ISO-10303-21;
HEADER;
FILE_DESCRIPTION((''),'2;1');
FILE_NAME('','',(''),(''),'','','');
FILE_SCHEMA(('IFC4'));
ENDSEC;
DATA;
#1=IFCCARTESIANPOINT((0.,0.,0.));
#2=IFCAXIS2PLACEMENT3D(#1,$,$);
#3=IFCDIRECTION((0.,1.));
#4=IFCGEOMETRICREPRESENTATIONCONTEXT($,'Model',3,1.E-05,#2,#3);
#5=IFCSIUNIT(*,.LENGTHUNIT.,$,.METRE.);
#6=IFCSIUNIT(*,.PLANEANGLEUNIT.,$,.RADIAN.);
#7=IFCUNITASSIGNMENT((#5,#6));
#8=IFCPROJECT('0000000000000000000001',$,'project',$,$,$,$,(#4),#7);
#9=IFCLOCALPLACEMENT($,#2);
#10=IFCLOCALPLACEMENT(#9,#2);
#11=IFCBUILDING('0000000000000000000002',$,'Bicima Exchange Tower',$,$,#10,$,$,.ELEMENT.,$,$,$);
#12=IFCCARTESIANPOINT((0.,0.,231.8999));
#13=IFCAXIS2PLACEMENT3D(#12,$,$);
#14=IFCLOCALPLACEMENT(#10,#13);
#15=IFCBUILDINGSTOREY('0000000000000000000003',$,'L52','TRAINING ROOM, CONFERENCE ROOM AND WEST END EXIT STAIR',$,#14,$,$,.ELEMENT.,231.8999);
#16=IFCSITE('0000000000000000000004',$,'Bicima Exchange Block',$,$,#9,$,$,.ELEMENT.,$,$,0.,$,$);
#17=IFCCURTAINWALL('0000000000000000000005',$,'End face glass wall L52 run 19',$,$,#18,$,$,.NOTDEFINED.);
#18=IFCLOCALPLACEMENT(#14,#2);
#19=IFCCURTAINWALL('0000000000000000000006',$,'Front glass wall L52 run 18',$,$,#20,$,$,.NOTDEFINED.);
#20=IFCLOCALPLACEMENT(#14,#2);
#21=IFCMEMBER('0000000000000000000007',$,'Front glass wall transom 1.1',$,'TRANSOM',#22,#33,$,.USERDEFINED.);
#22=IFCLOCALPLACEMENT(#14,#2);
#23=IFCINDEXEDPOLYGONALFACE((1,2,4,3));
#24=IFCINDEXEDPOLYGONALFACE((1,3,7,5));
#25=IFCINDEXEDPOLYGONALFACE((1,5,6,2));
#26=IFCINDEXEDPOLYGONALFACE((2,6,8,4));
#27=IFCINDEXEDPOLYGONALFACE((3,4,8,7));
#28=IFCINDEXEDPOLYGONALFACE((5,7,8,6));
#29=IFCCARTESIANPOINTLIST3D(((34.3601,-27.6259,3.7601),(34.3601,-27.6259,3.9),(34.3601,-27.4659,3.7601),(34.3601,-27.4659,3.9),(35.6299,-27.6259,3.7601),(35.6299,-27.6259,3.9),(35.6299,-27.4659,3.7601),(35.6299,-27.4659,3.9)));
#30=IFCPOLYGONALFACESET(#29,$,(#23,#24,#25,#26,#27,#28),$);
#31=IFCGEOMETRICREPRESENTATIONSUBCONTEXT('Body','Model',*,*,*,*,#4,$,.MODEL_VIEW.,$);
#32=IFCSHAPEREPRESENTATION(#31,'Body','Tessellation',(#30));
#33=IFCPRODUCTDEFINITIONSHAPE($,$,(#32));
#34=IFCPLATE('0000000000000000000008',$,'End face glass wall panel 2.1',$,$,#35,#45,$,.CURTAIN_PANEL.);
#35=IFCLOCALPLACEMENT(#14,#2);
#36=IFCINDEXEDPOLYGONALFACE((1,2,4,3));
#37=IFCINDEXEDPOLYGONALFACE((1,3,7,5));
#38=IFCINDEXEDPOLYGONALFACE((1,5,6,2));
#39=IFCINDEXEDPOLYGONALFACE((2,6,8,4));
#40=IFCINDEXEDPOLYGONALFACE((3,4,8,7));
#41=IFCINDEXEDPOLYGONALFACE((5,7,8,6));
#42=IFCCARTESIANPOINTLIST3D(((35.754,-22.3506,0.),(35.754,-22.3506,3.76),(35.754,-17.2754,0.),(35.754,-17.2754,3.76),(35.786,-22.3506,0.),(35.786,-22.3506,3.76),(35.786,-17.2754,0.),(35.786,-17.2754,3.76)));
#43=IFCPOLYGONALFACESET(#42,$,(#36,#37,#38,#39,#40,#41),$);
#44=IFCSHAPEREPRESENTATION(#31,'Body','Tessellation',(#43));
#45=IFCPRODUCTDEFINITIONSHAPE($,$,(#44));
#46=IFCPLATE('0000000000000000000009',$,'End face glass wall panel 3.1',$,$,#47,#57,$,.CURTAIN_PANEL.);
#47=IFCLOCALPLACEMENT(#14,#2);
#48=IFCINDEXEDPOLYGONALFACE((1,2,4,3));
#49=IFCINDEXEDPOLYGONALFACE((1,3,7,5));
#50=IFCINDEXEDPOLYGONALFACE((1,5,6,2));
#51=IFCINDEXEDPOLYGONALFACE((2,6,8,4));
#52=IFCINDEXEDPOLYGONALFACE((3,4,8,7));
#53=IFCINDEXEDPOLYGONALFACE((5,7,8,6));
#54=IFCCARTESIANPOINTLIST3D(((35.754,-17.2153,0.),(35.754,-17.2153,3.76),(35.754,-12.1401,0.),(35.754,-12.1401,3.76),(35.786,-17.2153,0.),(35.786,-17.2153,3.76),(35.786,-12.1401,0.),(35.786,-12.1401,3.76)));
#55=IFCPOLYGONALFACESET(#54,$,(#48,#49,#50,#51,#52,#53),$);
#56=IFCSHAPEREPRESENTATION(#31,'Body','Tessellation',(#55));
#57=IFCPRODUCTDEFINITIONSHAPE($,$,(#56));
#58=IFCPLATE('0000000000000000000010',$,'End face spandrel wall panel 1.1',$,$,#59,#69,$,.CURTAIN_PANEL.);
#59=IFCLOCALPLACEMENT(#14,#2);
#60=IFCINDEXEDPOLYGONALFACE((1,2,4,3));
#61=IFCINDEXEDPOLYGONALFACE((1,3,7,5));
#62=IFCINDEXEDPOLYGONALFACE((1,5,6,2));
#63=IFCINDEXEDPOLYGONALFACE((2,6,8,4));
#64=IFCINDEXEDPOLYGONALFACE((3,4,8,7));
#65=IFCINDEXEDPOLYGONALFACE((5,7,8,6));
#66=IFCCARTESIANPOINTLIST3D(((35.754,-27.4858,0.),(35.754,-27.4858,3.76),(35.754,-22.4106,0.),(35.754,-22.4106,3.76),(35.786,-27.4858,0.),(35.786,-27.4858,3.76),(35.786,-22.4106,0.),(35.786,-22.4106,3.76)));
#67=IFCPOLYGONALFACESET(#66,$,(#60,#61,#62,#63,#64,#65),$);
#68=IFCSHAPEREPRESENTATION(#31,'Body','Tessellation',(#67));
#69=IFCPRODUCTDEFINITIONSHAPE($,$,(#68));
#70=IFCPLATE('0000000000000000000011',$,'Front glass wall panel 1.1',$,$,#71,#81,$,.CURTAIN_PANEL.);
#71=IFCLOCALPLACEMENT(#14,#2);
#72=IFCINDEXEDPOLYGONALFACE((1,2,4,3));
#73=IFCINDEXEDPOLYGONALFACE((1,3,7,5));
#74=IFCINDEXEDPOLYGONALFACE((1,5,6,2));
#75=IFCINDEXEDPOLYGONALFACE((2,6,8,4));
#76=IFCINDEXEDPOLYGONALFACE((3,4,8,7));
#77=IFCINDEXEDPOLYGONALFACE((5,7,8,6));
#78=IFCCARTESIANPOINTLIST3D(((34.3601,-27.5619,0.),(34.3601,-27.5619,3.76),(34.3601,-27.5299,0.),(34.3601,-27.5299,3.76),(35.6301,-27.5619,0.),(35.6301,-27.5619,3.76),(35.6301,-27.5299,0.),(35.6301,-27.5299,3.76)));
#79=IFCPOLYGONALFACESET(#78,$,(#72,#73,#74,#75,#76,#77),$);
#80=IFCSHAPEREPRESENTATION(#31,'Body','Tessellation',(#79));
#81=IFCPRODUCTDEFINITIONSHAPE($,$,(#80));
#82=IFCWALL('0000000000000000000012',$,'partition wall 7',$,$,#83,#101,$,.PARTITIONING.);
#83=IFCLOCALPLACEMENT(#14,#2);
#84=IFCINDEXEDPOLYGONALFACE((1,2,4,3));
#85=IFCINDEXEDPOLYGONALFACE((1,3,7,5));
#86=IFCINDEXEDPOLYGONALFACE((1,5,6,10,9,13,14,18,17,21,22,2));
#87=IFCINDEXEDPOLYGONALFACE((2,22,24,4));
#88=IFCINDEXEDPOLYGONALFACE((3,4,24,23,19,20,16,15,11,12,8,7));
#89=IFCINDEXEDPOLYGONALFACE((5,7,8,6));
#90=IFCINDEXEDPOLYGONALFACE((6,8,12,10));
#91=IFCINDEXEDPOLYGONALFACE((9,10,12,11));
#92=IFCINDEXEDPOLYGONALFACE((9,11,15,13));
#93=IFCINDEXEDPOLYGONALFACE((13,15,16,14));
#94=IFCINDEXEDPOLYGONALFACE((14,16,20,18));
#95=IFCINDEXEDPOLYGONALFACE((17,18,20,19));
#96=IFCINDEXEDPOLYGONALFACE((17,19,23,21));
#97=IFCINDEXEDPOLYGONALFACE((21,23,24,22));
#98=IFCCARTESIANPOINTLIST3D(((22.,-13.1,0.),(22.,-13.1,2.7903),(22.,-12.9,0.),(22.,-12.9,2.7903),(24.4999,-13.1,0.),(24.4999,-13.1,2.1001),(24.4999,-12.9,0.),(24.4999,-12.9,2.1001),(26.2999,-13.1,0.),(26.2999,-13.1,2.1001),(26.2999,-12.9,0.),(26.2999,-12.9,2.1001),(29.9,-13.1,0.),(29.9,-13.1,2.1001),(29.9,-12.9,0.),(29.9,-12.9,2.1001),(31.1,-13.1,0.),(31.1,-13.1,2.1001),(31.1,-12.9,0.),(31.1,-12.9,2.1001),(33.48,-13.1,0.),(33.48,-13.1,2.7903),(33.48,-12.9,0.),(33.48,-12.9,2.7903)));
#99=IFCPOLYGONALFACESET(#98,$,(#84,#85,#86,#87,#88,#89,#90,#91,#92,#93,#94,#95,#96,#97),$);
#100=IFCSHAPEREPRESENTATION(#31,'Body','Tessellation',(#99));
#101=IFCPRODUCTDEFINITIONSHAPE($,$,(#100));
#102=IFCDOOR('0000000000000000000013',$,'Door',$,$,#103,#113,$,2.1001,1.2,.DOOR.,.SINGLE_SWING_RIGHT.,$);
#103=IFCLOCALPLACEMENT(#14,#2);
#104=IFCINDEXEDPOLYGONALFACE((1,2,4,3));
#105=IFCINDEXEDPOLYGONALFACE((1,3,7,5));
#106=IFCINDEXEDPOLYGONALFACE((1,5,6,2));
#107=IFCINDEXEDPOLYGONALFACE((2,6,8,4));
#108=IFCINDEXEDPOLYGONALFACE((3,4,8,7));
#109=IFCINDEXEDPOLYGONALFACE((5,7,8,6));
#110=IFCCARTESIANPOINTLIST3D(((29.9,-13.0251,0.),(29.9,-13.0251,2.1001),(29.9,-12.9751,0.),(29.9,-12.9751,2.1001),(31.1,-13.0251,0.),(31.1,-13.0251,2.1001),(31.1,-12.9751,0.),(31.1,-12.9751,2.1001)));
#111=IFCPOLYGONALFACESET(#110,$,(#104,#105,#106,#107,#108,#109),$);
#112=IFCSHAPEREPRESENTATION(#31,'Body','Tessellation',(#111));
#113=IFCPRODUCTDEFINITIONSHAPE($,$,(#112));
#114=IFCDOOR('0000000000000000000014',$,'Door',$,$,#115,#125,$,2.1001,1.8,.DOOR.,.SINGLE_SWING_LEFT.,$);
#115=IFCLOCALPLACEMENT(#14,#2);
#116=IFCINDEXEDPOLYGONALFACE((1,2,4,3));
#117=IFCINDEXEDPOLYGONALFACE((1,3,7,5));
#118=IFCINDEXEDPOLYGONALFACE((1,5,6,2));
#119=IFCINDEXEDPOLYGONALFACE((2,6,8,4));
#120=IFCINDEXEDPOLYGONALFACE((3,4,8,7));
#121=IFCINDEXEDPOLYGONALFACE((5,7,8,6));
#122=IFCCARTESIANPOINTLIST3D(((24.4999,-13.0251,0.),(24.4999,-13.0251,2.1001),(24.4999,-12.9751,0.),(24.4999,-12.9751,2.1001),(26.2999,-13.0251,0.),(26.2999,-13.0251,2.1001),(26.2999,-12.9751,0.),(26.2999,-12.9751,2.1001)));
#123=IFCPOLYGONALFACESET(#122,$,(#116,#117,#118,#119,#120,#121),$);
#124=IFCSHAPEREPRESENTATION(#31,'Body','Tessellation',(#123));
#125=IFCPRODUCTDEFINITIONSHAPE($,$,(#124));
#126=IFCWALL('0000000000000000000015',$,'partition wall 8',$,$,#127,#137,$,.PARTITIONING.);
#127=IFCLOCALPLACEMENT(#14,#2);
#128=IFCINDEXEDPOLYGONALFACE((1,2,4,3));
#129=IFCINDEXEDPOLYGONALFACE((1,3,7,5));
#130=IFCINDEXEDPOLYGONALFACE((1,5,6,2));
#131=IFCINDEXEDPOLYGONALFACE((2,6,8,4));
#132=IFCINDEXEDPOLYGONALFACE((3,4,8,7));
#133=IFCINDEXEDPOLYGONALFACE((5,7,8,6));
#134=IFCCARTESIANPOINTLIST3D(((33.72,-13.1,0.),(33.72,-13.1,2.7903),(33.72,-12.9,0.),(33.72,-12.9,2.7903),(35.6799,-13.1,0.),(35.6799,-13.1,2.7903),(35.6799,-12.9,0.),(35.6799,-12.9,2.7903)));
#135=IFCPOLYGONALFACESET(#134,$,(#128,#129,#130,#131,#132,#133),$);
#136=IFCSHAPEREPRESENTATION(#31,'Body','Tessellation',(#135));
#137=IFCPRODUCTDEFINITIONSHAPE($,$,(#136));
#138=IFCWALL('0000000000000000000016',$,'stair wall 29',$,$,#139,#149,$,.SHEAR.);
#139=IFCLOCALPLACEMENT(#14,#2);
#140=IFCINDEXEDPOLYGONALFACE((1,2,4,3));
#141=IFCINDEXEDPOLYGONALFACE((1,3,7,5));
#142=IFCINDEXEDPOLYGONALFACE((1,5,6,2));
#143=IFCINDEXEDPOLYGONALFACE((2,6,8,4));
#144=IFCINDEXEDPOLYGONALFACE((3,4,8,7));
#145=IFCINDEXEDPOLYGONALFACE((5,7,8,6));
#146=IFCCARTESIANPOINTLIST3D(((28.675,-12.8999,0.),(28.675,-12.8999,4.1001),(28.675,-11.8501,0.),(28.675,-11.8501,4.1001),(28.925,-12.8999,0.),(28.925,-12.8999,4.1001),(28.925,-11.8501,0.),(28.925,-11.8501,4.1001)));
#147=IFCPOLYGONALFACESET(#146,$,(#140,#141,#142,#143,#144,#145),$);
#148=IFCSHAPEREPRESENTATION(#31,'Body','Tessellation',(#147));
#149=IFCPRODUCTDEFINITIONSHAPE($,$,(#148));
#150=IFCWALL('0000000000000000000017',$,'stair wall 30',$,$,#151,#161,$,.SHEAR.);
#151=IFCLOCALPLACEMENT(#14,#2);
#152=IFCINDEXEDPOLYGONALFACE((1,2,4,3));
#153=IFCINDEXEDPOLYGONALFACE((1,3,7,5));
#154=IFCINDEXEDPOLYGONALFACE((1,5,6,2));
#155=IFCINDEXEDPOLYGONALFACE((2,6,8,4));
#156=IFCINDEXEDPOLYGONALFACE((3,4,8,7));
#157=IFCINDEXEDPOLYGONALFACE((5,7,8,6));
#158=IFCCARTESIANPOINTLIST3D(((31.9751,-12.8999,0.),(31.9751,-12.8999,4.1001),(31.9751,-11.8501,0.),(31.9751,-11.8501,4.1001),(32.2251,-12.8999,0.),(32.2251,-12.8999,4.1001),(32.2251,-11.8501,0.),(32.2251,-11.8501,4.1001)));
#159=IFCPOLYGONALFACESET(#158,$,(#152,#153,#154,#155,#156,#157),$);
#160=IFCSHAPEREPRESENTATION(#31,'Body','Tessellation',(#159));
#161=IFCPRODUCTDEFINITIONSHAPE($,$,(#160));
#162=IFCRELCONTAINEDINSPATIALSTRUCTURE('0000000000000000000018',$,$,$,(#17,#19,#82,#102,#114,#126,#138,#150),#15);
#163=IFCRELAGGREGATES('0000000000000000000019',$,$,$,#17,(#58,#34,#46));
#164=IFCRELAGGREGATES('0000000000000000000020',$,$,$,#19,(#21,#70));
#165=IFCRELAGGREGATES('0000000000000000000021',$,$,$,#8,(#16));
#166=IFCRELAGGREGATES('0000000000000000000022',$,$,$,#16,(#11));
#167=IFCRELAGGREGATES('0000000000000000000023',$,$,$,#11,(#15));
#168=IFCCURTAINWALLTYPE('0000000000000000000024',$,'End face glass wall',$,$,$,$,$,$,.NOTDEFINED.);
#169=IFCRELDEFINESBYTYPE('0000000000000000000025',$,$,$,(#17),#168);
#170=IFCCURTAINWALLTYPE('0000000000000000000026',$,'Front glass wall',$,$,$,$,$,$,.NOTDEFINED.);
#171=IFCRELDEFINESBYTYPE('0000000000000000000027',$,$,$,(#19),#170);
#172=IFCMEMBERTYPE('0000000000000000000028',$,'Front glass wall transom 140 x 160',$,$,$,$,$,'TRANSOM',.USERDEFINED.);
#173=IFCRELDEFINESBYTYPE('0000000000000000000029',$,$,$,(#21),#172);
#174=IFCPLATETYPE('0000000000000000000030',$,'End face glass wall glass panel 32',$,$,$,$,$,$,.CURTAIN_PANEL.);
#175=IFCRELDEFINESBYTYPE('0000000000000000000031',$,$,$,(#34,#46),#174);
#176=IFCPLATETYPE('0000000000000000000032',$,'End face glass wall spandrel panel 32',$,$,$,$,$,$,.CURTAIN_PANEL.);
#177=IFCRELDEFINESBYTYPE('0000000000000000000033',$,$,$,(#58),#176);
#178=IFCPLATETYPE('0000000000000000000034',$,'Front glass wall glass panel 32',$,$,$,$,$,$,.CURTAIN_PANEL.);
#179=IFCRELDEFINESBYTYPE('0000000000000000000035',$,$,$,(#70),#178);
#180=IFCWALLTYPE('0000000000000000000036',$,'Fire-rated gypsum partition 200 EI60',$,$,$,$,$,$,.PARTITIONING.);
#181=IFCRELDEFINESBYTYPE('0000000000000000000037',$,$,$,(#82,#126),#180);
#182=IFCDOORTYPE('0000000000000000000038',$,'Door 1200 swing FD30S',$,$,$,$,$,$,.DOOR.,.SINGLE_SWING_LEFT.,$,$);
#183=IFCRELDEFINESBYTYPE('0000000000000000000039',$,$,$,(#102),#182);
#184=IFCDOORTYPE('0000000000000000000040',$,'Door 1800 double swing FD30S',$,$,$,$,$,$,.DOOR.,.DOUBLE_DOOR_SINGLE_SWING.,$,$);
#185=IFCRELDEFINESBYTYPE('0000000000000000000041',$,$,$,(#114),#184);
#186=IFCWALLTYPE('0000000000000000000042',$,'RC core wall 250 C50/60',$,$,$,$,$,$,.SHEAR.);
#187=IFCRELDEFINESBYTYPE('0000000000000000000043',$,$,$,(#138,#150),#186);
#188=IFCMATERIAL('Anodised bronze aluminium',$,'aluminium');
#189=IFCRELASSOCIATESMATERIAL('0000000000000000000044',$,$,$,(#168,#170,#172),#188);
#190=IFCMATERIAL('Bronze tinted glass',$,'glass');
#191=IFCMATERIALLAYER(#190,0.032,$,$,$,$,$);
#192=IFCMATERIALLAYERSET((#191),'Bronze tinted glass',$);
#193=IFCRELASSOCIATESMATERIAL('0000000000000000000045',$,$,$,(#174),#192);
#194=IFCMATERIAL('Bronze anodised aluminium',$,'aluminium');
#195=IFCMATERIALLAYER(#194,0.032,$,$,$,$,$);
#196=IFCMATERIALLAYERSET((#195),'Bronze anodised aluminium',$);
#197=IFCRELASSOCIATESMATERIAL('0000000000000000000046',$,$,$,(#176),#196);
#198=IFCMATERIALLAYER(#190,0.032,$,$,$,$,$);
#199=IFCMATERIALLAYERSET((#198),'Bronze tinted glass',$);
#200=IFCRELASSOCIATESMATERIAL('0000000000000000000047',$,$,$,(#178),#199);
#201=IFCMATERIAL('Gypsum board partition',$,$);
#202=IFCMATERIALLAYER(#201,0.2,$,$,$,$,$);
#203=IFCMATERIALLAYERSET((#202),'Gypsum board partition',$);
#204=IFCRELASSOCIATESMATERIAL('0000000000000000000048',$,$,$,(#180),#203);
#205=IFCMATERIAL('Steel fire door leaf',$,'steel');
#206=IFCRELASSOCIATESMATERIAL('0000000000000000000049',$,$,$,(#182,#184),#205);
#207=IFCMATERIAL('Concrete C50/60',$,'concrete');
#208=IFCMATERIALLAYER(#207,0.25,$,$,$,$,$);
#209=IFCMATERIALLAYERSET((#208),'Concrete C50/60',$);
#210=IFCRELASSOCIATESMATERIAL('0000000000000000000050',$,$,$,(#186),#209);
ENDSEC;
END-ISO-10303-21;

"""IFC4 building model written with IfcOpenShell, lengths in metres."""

from ifc_helpers import new_model, si_unit, direction, frame, frame_2d, origin, origin_2d, place, context, subcontext, project, spatial, rectangle, extrude, material, layer, layer_set, material_profile, profile_set, type_object, element, fill, aggregate, save


model = new_model("IFC4")

# Units and contexts
model_context = context("Model", 3, precision=1e-05, world=origin(), true_north=direction((0.0, 1.0)))
body_context = subcontext(model_context, "Body", "Model", "MODEL_VIEW")
ifc_project = project(units=[si_unit("LENGTHUNIT", "METRE"), si_unit("PLANEANGLEUNIT", "RADIAN")], contexts=[model_context])

# Site, building, storey
site_placement = place(None, origin())
site = spatial("IfcSite", under=ifc_project, at=site_placement, Name="Bicima Exchange Block", CompositionType="ELEMENT", RefElevation=0.0)
building_placement = place(site_placement, origin())
building = spatial("IfcBuilding", under=site, at=building_placement, Name="Bicima Exchange Tower", CompositionType="ELEMENT")
storey_placement = place(building_placement, frame((0.0, 0.0, 231.8999)))
storey = spatial("IfcBuildingStorey", under=building, at=storey_placement, Name="L52", Description="TRAINING ROOM, CONFERENCE ROOM AND WEST END EXIT STAIR", CompositionType="ELEMENT", Elevation=231.8999)

# Curtain wall
ifc_material_1 = material(Name="Anodised bronze aluminium", Category="aluminium")
curtain_wall_type_1 = type_object("IfcCurtainWallType", Name="End face glass wall", PredefinedType="NOTDEFINED", material=ifc_material_1)
curtain_wall_1_placement = place(storey_placement, origin())
curtain_wall_1 = element("IfcCurtainWall", 1, at=curtain_wall_1_placement, inside=storey, type_object=curtain_wall_type_1, Name="End face glass wall L52 run 19", PredefinedType="NOTDEFINED")
ifc_material_profile_1 = material_profile(ifc_material_1, rectangle(XDim=0.1599, YDim=0.1399, at=origin_2d()))
ifc_profile_set_1 = profile_set([ifc_material_profile_1], Name="Anodised bronze aluminium")

# Curtain wall, member
curtain_wall_type_2 = type_object("IfcCurtainWallType", Name="Front glass wall", PredefinedType="NOTDEFINED", material=ifc_material_1)
curtain_wall_2_placement = place(storey_placement, origin())
curtain_wall_2 = element("IfcCurtainWall", 2, at=curtain_wall_2_placement, inside=storey, type_object=curtain_wall_type_2, Name="Front glass wall L52 run 18", PredefinedType="NOTDEFINED")
member_type_1 = type_object("IfcMemberType", Name="Front glass wall transom 140 x 160", ElementType="TRANSOM", PredefinedType="USERDEFINED", material=ifc_profile_set_1)
member_1_placement = place(storey_placement, frame((34.3601, -27.5459, 3.8301), z_axis=(1.0, 0.0, 0.0), x_axis=(0.0, 1.0, 0.0)))
member_1 = element("IfcMember", 3, at=member_1_placement, type_object=member_type_1, Name="Front glass wall transom 1.1", ObjectType="TRANSOM", PredefinedType="USERDEFINED", context=body_context, shape_type="SweptSolid", body=[
    extrude(rectangle(XDim=0.1599, YDim=0.1399, at=origin_2d()), origin(), (0.0, 0.0, 1.0), 1.2698),
])

# Plates
ifc_material_2 = material(Name="Bronze tinted glass", Category="glass")
ifc_layer_1 = layer(ifc_material_2, 0.032)
ifc_layer_set_1 = layer_set([ifc_layer_1], Name="Bronze tinted glass")
plate_type_1 = type_object("IfcPlateType", Name="End face glass wall glass panel 32", PredefinedType="CURTAIN_PANEL", material=ifc_layer_set_1)
plate_1_placement = place(storey_placement, frame((35.77, -19.813, 0.0), z_axis=(0.0, 0.0, 1.0), x_axis=(0.0, 1.0, 0.0)))
plate_1 = element("IfcPlate", 4, at=plate_1_placement, type_object=plate_type_1, Name="End face glass wall panel 2.1", PredefinedType="CURTAIN_PANEL", context=body_context, shape_type="SweptSolid", body=[
    extrude(rectangle(XDim=5.0752, YDim=0.032, at=origin_2d()), origin(), (0.0, 0.0, 1.0), 3.76),
])
plate_2_placement = place(storey_placement, frame((35.77, -14.6777, 0.0), z_axis=(0.0, 0.0, 1.0), x_axis=(0.0, 1.0, 0.0)))
plate_2 = element("IfcPlate", 5, at=plate_2_placement, type_object=plate_type_1, Name="End face glass wall panel 3.1", PredefinedType="CURTAIN_PANEL", context=body_context, shape_type="SweptSolid", body=[
    extrude(rectangle(XDim=5.0752, YDim=0.032, at=origin_2d()), origin(), (0.0, 0.0, 1.0), 3.76),
])
ifc_material_3 = material(Name="Bronze anodised aluminium", Category="aluminium")
ifc_layer_2 = layer(ifc_material_3, 0.032)
ifc_layer_set_2 = layer_set([ifc_layer_2], Name="Bronze anodised aluminium")
plate_type_2 = type_object("IfcPlateType", Name="End face glass wall spandrel panel 32", PredefinedType="CURTAIN_PANEL", material=ifc_layer_set_2)
plate_3_placement = place(storey_placement, frame((35.77, -24.9482, 0.0), z_axis=(0.0, 0.0, 1.0), x_axis=(0.0, 1.0, 0.0)))
plate_3 = element("IfcPlate", 6, at=plate_3_placement, type_object=plate_type_2, Name="End face spandrel wall panel 1.1", PredefinedType="CURTAIN_PANEL", context=body_context, shape_type="SweptSolid", body=[
    extrude(rectangle(XDim=5.0752, YDim=0.032, at=origin_2d()), origin(), (0.0, 0.0, 1.0), 3.76),
])
aggregate(curtain_wall_1, [plate_3, plate_1, plate_2])
ifc_layer_3 = layer(ifc_material_2, 0.032)
ifc_layer_set_3 = layer_set([ifc_layer_3], Name="Bronze tinted glass")
plate_type_3 = type_object("IfcPlateType", Name="Front glass wall glass panel 32", PredefinedType="CURTAIN_PANEL", material=ifc_layer_set_3)
plate_4_placement = place(storey_placement, frame((34.9951, -27.5459, 0.0), z_axis=(0.0, 0.0, 1.0), x_axis=(1.0, 0.0, 0.0)))
plate_4 = element("IfcPlate", 7, at=plate_4_placement, type_object=plate_type_3, Name="Front glass wall panel 1.1", PredefinedType="CURTAIN_PANEL", context=body_context, shape_type="SweptSolid", body=[
    extrude(rectangle(XDim=1.27, YDim=0.032, at=origin_2d()), origin(), (0.0, 0.0, 1.0), 3.76),
])
aggregate(curtain_wall_2, [member_1, plate_4])

# Wall, openings, doors
ifc_material_4 = material(Name="Gypsum board partition")
ifc_layer_4 = layer(ifc_material_4, 0.2)
ifc_layer_set_4 = layer_set([ifc_layer_4], Name="Gypsum board partition")
wall_type_1 = type_object("IfcWallType", Name="Fire-rated gypsum partition 200 EI60", PredefinedType="PARTITIONING", material=ifc_layer_set_4)
wall_1_placement = place(storey_placement, frame((22.0, -13.0, 0.0), z_axis=(0.0, 0.0, 1.0), x_axis=(1.0, 0.0, 0.0)))
wall_1 = element("IfcWall", 8, at=wall_1_placement, inside=storey, type_object=wall_type_1, Name="partition wall 7", PredefinedType="PARTITIONING", context=body_context, shape_type="SweptSolid", body=[
    extrude(rectangle(XDim=11.48, YDim=0.2, at=frame_2d((5.74, 0.0))), origin(), (0.0, 0.0, 1.0), 2.7903),
])
opening_1_placement = place(wall_1_placement, frame((7.8999, 0.0, 0.0)))
opening_1 = element("IfcOpeningElement", 9, at=opening_1_placement, cuts=wall_1, PredefinedType="OPENING", context=body_context, shape_type="SweptSolid", body=[
    extrude(rectangle(XDim=1.2, YDim=2.1001, at=frame_2d((0.6001, 1.05))), frame((0.0, 0.1118, 0.0), z_axis=(0.0, -1.0, 0.0), x_axis=(1.0, 0.0, 0.0)), (0.0, 0.0, 1.0), 0.2239),
])
opening_2_placement = place(wall_1_placement, frame((2.5, 0.0, 0.0)))
opening_2 = element("IfcOpeningElement", 10, at=opening_2_placement, cuts=wall_1, PredefinedType="OPENING", context=body_context, shape_type="SweptSolid", body=[
    extrude(rectangle(XDim=1.8, YDim=2.1001, at=frame_2d((0.8999, 1.05))), frame((0.0, 0.1118, 0.0), z_axis=(0.0, -1.0, 0.0), x_axis=(1.0, 0.0, 0.0)), (0.0, 0.0, 1.0), 0.2239),
])
ifc_material_5 = material(Name="Steel fire door leaf", Category="steel")
door_type_1 = type_object("IfcDoorType", Name="Door 1200 swing FD30S", OperationType="SINGLE_SWING_LEFT", PredefinedType="DOOR", material=ifc_material_5)
door_1_placement = place(opening_1_placement, origin())
door_1 = element("IfcDoor", 11, at=door_1_placement, inside=storey, type_object=door_type_1, Name="Door", OperationType="SINGLE_SWING_RIGHT", OverallHeight=2.1001, OverallWidth=1.2, PredefinedType="DOOR", context=body_context, shape_type="SweptSolid", body=[
    extrude(rectangle(XDim=1.2, YDim=2.1001, at=frame_2d((0.6001, 1.05))), frame((0.0, 0.0249, 0.0), z_axis=(0.0, -1.0, 0.0), x_axis=(1.0, 0.0, 0.0)), (0.0, 0.0, 1.0), 0.05),
])
fill(opening_1, door_1)
door_type_2 = type_object("IfcDoorType", Name="Door 1800 double swing FD30S", OperationType="DOUBLE_DOOR_SINGLE_SWING", PredefinedType="DOOR", material=ifc_material_5)
door_2_placement = place(opening_2_placement, origin())
door_2 = element("IfcDoor", 12, at=door_2_placement, inside=storey, type_object=door_type_2, Name="Door", OperationType="SINGLE_SWING_LEFT", OverallHeight=2.1001, OverallWidth=1.8, PredefinedType="DOOR", context=body_context, shape_type="SweptSolid", body=[
    extrude(rectangle(XDim=1.8, YDim=2.1001, at=frame_2d((0.8999, 1.05))), frame((0.0, 0.0249, 0.0), z_axis=(0.0, -1.0, 0.0), x_axis=(1.0, 0.0, 0.0)), (0.0, 0.0, 1.0), 0.05),
])
fill(opening_2, door_2)

# Walls
wall_2_placement = place(storey_placement, frame((33.72, -13.0, 0.0), z_axis=(0.0, 0.0, 1.0), x_axis=(1.0, 0.0, 0.0)))
element("IfcWall", 13, at=wall_2_placement, inside=storey, type_object=wall_type_1, Name="partition wall 8", PredefinedType="PARTITIONING", context=body_context, shape_type="SweptSolid", body=[
    extrude(rectangle(XDim=1.96, YDim=0.2, at=frame_2d((0.98, 0.0))), origin(), (0.0, 0.0, 1.0), 2.7903),
])
ifc_material_6 = material(Name="Concrete C50/60", Category="concrete")
ifc_layer_5 = layer(ifc_material_6, 0.25)
ifc_layer_set_5 = layer_set([ifc_layer_5], Name="Concrete C50/60")
wall_type_2 = type_object("IfcWallType", Name="RC core wall 250 C50/60", PredefinedType="SHEAR", material=ifc_layer_set_5)
for number, where, z_axis, x_axis, name in (
    (14, (28.8, -12.8999, 0.0), (0.0, 0.0, 1.0), (0.0, 1.0, 0.0), "stair wall 29"),
    (15, (32.1001, -12.8999, 0.0), (0.0, 0.0, 1.0), (0.0, 1.0, 0.0), "stair wall 30"),
):
    element("IfcWall", number, at=place(storey_placement, frame(where, z_axis=z_axis, x_axis=x_axis)), inside=storey, type_object=wall_type_2, Name=name, PredefinedType="SHEAR", context=body_context, shape_type="SweptSolid", body=[
        extrude(rectangle(XDim=1.0498, YDim=0.25, at=frame_2d((0.5249, 0.0))), origin(), (0.0, 0.0, 1.0), 4.1001),
    ])

save(model, "model.ifc")
